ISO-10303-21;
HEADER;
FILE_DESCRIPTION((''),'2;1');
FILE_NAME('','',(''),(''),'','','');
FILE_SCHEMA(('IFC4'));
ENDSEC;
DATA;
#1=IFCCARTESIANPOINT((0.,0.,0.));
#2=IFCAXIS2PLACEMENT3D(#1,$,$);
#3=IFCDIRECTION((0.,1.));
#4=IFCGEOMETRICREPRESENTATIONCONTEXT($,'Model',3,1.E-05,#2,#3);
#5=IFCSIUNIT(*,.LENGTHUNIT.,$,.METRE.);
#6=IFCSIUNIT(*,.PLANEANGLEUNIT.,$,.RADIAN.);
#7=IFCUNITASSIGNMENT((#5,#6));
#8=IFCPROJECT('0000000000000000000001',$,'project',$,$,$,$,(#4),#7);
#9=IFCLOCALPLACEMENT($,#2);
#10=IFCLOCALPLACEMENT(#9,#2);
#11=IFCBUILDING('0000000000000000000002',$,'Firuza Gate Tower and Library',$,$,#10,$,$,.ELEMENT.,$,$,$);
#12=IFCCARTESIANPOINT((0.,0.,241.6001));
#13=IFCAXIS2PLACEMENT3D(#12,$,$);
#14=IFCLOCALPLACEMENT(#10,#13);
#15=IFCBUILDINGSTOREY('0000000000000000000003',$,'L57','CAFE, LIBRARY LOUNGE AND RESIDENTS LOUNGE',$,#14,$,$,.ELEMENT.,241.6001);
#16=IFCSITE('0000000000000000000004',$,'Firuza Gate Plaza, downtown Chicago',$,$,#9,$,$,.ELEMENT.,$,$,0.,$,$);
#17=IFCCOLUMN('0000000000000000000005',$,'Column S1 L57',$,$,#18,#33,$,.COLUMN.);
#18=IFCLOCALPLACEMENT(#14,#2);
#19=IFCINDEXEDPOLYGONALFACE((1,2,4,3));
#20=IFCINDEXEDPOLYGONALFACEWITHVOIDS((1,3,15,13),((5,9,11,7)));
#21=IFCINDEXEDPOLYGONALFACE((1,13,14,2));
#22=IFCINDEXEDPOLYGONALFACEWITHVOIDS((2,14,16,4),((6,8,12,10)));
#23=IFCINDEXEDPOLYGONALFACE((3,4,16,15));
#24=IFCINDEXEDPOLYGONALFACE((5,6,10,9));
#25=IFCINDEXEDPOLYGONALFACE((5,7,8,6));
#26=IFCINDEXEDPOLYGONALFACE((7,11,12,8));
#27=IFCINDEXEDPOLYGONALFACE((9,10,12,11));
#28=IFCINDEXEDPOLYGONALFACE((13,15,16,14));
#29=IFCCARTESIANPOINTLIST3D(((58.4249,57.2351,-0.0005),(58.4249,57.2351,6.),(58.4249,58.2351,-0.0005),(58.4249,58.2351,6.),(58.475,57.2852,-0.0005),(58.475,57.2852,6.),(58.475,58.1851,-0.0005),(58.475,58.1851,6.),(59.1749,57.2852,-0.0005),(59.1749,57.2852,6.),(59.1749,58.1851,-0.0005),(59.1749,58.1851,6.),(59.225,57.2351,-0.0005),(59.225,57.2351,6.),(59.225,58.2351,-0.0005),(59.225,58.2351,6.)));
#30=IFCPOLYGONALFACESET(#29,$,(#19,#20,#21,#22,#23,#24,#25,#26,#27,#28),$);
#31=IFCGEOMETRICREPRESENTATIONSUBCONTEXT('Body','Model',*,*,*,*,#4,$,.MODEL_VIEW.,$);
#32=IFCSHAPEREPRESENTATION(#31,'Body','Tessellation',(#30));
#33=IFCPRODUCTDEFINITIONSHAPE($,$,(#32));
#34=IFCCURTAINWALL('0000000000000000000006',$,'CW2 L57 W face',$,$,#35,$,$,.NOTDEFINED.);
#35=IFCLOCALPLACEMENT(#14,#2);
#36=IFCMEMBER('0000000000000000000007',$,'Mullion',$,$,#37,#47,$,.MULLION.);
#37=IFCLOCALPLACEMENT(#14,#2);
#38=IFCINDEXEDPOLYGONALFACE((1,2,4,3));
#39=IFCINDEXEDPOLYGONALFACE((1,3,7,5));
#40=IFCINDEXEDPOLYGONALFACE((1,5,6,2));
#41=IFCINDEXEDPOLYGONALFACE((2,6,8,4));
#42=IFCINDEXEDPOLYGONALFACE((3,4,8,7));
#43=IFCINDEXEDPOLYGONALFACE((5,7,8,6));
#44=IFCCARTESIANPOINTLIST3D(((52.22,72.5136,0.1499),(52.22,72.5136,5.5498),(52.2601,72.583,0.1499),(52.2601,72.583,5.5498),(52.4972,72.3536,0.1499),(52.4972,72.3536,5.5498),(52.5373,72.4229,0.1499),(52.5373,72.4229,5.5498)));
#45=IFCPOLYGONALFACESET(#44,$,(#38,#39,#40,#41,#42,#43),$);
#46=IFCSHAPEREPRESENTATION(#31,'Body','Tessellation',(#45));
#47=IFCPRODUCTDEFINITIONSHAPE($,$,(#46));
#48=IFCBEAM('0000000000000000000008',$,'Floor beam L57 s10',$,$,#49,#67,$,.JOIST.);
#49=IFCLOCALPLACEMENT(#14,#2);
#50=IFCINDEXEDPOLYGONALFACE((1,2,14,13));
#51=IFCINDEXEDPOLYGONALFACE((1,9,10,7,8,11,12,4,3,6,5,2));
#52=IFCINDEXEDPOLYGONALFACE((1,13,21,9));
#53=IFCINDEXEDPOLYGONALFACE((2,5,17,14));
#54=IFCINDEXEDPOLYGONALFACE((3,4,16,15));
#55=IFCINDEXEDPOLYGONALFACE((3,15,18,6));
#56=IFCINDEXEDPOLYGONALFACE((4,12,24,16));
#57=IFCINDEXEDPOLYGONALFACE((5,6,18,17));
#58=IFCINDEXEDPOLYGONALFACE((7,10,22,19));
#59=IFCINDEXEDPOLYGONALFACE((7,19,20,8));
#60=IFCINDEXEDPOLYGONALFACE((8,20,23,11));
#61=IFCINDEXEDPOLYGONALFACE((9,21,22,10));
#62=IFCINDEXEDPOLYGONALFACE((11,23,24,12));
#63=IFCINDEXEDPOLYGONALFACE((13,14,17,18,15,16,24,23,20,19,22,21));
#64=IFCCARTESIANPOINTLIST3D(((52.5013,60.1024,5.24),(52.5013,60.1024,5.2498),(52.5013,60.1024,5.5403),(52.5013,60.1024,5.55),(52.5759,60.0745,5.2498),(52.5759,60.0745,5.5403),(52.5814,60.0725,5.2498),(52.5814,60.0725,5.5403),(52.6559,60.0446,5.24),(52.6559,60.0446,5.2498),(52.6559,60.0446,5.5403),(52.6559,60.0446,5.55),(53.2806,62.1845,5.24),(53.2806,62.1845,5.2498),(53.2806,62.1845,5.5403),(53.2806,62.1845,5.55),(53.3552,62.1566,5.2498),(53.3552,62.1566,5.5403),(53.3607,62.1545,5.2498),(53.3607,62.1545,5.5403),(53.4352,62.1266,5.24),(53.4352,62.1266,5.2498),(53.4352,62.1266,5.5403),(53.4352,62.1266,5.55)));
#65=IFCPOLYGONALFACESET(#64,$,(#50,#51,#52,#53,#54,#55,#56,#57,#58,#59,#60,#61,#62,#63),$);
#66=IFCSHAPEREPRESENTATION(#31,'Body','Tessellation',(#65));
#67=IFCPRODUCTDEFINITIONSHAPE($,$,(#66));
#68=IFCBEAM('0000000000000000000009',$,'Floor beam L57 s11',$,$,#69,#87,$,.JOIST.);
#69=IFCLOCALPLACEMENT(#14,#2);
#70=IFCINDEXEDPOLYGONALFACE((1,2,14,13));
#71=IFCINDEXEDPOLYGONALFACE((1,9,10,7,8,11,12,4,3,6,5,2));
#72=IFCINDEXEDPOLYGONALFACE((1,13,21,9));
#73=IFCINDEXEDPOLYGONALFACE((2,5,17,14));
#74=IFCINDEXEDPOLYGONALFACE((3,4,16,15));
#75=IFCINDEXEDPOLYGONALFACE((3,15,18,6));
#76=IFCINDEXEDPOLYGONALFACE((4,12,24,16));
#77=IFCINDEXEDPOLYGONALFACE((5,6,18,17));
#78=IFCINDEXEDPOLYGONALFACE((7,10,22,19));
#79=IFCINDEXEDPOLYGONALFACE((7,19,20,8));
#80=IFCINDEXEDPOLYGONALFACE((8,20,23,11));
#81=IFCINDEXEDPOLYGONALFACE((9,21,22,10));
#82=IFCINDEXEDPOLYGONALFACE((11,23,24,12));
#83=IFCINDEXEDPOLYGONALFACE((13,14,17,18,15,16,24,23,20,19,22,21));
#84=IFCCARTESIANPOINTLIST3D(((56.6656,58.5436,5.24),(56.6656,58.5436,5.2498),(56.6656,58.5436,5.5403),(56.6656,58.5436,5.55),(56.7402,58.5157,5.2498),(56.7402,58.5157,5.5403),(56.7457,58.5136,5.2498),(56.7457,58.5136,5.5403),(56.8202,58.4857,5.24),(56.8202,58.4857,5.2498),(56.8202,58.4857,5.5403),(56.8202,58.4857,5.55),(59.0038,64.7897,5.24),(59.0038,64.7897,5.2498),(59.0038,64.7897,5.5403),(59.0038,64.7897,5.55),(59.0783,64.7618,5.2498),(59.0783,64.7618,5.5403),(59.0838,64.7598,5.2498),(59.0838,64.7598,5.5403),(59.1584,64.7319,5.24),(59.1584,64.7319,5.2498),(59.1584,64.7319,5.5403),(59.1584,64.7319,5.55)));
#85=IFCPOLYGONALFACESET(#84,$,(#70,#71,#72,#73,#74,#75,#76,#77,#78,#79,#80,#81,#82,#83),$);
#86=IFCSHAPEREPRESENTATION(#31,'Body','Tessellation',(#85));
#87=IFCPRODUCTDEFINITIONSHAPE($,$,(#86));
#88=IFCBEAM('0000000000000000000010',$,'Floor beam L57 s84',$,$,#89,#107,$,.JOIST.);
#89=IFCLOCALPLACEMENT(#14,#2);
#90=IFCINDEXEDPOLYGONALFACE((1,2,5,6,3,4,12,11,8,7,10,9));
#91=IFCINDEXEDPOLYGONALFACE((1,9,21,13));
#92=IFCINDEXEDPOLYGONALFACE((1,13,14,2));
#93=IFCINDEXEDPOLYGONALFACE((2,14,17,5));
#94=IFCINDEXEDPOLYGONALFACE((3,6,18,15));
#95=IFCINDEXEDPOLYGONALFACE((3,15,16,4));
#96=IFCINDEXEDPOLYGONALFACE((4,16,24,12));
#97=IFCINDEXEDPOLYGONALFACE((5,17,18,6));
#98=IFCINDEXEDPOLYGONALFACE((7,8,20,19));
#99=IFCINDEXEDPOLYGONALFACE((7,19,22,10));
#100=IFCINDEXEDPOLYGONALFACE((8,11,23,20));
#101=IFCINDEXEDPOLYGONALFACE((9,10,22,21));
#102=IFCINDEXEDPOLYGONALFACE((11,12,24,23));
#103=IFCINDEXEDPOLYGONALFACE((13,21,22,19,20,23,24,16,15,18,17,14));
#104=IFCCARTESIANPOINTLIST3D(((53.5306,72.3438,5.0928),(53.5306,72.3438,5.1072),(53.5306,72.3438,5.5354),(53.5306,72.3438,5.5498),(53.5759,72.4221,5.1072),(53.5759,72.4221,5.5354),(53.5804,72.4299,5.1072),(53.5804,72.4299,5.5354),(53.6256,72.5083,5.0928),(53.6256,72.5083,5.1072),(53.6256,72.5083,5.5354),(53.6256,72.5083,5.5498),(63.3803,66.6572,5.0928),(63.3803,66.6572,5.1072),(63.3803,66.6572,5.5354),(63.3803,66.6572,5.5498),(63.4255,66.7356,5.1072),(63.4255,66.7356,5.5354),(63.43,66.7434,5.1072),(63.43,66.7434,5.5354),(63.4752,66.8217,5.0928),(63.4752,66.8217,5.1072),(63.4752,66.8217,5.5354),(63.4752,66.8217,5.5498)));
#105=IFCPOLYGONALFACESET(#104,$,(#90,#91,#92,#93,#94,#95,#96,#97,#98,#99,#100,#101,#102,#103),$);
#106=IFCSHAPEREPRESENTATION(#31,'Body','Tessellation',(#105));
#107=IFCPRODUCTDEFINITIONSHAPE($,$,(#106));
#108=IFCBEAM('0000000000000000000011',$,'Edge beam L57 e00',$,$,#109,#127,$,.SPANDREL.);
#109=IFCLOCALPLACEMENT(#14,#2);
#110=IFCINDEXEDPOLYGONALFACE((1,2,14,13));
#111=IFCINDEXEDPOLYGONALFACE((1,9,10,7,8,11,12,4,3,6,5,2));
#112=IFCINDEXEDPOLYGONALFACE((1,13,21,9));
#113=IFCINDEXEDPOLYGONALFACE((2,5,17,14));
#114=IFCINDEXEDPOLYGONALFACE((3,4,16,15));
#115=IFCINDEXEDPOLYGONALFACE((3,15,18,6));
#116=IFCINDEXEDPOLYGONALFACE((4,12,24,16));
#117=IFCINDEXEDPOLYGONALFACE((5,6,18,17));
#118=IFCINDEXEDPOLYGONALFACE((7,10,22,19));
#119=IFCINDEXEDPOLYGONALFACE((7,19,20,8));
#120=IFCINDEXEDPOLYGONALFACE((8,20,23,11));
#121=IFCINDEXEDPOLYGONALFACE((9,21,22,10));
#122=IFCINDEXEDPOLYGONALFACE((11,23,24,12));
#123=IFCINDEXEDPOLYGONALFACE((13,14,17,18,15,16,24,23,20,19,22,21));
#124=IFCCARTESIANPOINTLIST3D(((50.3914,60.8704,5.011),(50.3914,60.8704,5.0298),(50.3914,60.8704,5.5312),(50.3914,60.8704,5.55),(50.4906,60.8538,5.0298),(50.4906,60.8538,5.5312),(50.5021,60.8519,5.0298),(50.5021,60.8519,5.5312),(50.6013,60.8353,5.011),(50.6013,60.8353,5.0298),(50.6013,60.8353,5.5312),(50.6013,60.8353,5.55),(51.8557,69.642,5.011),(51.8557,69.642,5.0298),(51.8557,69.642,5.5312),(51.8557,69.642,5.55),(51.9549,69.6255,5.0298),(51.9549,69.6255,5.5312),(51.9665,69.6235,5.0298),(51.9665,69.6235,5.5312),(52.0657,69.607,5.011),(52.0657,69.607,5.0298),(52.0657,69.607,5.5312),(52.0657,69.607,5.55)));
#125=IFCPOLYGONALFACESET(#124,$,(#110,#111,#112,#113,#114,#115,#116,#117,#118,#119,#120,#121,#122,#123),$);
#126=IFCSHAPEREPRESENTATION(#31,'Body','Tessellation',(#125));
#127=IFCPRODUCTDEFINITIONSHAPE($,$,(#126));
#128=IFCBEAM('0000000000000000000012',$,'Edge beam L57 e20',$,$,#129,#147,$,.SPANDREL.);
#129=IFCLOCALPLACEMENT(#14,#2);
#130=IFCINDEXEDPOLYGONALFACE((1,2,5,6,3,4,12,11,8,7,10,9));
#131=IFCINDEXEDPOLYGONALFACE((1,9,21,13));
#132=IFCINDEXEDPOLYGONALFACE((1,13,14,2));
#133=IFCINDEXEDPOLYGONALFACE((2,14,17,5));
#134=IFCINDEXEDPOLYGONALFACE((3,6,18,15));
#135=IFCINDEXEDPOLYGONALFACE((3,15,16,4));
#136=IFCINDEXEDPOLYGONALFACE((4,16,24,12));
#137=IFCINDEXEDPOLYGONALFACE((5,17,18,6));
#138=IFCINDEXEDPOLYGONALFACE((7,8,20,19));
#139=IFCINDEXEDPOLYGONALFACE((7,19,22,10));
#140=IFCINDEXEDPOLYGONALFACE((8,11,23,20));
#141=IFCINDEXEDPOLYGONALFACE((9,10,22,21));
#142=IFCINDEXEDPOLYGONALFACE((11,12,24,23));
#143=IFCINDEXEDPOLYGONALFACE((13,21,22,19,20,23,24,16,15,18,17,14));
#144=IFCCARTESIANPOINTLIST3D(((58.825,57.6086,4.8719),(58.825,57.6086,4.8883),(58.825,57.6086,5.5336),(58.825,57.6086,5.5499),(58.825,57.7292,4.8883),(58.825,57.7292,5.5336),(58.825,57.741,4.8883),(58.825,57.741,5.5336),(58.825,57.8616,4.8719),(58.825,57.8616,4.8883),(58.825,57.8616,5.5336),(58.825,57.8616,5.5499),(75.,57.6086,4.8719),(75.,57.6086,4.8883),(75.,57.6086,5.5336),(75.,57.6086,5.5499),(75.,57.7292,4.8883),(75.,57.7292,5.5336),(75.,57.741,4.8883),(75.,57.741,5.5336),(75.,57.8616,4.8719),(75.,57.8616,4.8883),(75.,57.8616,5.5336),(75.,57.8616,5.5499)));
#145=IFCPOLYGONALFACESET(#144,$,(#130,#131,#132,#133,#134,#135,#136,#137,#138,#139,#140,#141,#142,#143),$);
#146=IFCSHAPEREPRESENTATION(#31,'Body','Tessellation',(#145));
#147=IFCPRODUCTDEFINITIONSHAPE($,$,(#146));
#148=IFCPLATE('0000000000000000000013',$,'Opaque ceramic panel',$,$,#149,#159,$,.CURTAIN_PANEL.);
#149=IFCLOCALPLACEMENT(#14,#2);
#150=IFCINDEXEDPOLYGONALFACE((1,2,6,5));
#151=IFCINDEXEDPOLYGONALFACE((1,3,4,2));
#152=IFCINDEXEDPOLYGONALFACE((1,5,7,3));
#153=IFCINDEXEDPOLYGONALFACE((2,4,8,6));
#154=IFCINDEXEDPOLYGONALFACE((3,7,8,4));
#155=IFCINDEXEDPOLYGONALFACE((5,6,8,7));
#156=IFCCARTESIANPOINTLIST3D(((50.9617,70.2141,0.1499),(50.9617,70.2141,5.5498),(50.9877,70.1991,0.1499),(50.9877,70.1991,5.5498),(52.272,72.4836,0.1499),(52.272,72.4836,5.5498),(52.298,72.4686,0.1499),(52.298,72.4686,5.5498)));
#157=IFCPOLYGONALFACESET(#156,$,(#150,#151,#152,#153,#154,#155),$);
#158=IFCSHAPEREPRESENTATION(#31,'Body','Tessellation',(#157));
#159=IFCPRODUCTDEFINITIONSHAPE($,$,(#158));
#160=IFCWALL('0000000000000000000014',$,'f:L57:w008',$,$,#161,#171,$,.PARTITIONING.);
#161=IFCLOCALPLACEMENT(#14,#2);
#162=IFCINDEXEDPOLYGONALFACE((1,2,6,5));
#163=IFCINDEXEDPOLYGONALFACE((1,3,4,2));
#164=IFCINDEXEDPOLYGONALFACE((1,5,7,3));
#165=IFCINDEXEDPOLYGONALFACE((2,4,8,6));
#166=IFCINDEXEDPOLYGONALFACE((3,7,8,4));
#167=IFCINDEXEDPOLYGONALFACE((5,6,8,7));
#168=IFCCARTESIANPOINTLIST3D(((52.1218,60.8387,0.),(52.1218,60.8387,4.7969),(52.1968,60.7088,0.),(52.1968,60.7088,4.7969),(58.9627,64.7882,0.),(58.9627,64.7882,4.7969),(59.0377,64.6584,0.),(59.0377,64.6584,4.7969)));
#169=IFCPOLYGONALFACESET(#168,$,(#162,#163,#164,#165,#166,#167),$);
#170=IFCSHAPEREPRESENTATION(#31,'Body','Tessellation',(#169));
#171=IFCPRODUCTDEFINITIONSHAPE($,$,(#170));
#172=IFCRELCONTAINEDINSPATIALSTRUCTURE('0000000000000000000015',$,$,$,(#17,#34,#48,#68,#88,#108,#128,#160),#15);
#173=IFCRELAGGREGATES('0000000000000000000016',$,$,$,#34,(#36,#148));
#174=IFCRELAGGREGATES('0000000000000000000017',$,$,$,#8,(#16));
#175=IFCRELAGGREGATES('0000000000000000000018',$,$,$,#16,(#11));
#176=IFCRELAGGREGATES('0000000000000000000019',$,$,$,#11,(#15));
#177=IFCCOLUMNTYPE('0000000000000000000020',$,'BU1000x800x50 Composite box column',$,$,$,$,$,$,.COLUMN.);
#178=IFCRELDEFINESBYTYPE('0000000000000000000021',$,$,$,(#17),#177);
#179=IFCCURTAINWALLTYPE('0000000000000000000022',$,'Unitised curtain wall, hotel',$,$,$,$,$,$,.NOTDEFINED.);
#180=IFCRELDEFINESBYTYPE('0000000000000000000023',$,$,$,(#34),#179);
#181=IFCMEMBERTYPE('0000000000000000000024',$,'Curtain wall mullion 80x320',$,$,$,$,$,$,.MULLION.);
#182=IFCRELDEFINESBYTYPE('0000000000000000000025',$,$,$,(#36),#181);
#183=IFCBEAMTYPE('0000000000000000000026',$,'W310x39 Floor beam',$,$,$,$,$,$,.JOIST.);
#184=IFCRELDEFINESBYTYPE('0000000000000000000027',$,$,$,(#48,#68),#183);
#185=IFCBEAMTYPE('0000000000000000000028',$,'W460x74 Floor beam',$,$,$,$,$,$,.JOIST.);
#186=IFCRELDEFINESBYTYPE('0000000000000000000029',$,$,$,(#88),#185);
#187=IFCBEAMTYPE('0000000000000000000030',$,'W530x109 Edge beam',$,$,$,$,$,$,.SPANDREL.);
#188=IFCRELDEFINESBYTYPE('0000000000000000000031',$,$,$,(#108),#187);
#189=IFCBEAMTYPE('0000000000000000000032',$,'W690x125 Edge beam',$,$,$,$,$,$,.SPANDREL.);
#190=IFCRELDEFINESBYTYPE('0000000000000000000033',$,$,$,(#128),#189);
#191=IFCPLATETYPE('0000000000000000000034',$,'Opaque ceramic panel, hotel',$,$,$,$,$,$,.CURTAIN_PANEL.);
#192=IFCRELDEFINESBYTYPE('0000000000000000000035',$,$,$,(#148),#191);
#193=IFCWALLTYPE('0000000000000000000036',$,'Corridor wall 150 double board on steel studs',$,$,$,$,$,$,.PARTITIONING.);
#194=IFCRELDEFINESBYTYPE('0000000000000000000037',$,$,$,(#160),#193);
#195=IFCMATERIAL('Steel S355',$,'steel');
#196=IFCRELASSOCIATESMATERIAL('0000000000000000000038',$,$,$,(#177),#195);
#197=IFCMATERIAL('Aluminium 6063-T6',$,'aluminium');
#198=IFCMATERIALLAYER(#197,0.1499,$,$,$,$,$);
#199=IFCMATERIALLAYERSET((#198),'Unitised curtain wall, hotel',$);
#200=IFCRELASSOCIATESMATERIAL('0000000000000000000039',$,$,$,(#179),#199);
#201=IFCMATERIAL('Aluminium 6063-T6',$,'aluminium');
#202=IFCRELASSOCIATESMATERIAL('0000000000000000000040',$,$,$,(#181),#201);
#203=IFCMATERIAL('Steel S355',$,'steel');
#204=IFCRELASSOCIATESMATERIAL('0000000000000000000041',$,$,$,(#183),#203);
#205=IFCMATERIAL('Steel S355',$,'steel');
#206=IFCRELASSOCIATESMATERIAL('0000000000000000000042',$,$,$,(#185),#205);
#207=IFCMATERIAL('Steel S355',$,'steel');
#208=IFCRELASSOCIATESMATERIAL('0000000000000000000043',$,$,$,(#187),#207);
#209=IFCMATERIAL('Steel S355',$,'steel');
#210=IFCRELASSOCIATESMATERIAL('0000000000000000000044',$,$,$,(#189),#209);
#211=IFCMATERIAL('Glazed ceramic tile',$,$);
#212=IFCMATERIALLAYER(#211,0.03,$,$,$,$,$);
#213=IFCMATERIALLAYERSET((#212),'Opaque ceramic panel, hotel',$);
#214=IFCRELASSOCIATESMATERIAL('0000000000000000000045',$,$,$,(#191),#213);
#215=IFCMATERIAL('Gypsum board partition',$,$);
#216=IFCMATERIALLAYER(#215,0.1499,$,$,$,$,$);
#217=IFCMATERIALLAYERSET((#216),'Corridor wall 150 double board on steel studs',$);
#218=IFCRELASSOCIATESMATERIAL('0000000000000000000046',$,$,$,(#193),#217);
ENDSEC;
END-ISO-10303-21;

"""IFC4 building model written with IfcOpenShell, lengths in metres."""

from ifc_helpers import new_model, si_unit, direction, frame, frame_2d, origin, origin_2d, place, context, subcontext, project, spatial, polyline, rectangle, hollow_rectangle, i_section, outline, extrude, material, layer, layer_set, material_profile, profile_set, type_object, element, aggregate, save


model = new_model("IFC4")

# Units and contexts
model_context = context("Model", 3, precision=1e-05, world=origin(), true_north=direction((0.0, 1.0)))
body_context = subcontext(model_context, "Body", "Model", "MODEL_VIEW")
ifc_project = project(units=[si_unit("LENGTHUNIT", "METRE"), si_unit("PLANEANGLEUNIT", "RADIAN")], contexts=[model_context])

# Site, building, storey
site_placement = place(None, origin())
site = spatial("IfcSite", under=ifc_project, at=site_placement, Name="Firuza Gate Plaza, downtown Chicago", CompositionType="ELEMENT", RefElevation=0.0)
building_placement = place(site_placement, origin())
building = spatial("IfcBuilding", under=site, at=building_placement, Name="Firuza Gate Tower and Library", CompositionType="ELEMENT")
storey_placement = place(building_placement, frame((0.0, 0.0, 241.6001)))
storey = spatial("IfcBuildingStorey", under=building, at=storey_placement, Name="L57", Description="CAFE, LIBRARY LOUNGE AND RESIDENTS LOUNGE", CompositionType="ELEMENT", Elevation=241.6001)

# Column
ifc_material_1 = material(Name="Steel S355", Category="steel")
ifc_material_profile_1 = material_profile(ifc_material_1, hollow_rectangle(XDim=0.8, YDim=1.0, WallThickness=0.05, at=origin_2d()))
ifc_profile_set_1 = profile_set([ifc_material_profile_1], Name="Steel S355")
column_type = type_object("IfcColumnType", Name="BU1000x800x50 Composite box column", PredefinedType="COLUMN", material=ifc_profile_set_1)
column_placement = place(storey_placement, frame((58.825, 57.7351, -0.0005), z_axis=(0.0, 0.0, 1.0), x_axis=(1.0, 0.0, 0.0)))
element("IfcColumn", 1, at=column_placement, inside=storey, type_object=column_type, Name="Column S1 L57", PredefinedType="COLUMN", context=body_context, shape_type="SweptSolid", body=[
    extrude(hollow_rectangle(XDim=0.8, YDim=1.0, WallThickness=0.05, at=origin_2d()), origin(), (0.0, 0.0, 1.0), 6.0005),
])

# Curtain wall, member
ifc_material_2 = material(Name="Aluminium 6063-T6", Category="aluminium")
ifc_layer_1 = layer(ifc_material_2, 0.1499)
ifc_layer_set_1 = layer_set([ifc_layer_1], Name="Unitised curtain wall, hotel")
curtain_wall_type = type_object("IfcCurtainWallType", Name="Unitised curtain wall, hotel", PredefinedType="NOTDEFINED", material=ifc_layer_set_1)
curtain_wall_placement = place(storey_placement, origin())
curtain_wall = element("IfcCurtainWall", 2, at=curtain_wall_placement, inside=storey, type_object=curtain_wall_type, Name="CW2 L57 W face", PredefinedType="NOTDEFINED")
ifc_material_3 = material(Name="Aluminium 6063-T6", Category="aluminium")
ifc_material_profile_2 = material_profile(ifc_material_3, rectangle(XDim=0.3201, YDim=0.0801, at=origin_2d()))
ifc_profile_set_2 = profile_set([ifc_material_profile_2], Name="Aluminium 6063-T6")
member_type = type_object("IfcMemberType", Name="Curtain wall mullion 80x320", PredefinedType="MULLION", material=ifc_profile_set_2)
member_placement = place(storey_placement, frame((52.3787, 72.4683, 0.1499), z_axis=(0.0, 0.0, 1.0), x_axis=(0.866025, -0.5, 0.0)))
member = element("IfcMember", 3, at=member_placement, type_object=member_type, Name="Mullion", PredefinedType="MULLION", context=body_context, shape_type="SweptSolid", body=[
    extrude(rectangle(XDim=0.3201, YDim=0.0801, at=origin_2d()), origin(), (0.0, 0.0, 1.0), 5.3999),
])

# Beams
ifc_material_4 = material(Name="Steel S355", Category="steel")
ifc_material_profile_3 = material_profile(ifc_material_4, i_section(OverallWidth=0.165, OverallDepth=0.3101, WebThickness=0.0059, FlangeThickness=0.0098, at=origin_2d()))
ifc_profile_set_3 = profile_set([ifc_material_profile_3], Name="Steel S355")
beam_type_1 = type_object("IfcBeamType", Name="W310x39 Floor beam", PredefinedType="JOIST", material=ifc_profile_set_3)
beam_1_placement = place(storey_placement, frame((52.5786, 60.0735, 5.395), z_axis=(0.350546, 0.936546, 0.0), x_axis=(-0.936546, 0.350546, 0.0)))
element("IfcBeam", 4, at=beam_1_placement, inside=storey, type_object=beam_type_1, Name="Floor beam L57 s10", PredefinedType="JOIST", context=body_context, shape_type="SweptSolid", body=[
    extrude(i_section(OverallWidth=0.165, OverallDepth=0.3101, WebThickness=0.0059, FlangeThickness=0.0098, at=origin_2d()), origin(), (0.0, 0.0, 1.0), 2.2231),
])
beam_2_placement = place(storey_placement, frame((56.7429, 58.5146, 5.395), z_axis=(0.350578, 0.936534, 0.0), x_axis=(-0.936534, 0.350578, 0.0)))
element("IfcBeam", 5, at=beam_2_placement, inside=storey, type_object=beam_type_1, Name="Floor beam L57 s11", PredefinedType="JOIST", context=body_context, shape_type="SweptSolid", body=[
    extrude(i_section(OverallWidth=0.165, OverallDepth=0.3101, WebThickness=0.0059, FlangeThickness=0.0098, at=origin_2d()), origin(), (0.0, 0.0, 1.0), 6.6694),
])
ifc_material_5 = material(Name="Steel S355", Category="steel")
ifc_material_profile_4 = material_profile(ifc_material_5, i_section(OverallWidth=0.1899, OverallDepth=0.457, WebThickness=0.009, FlangeThickness=0.0144, at=origin_2d()))
ifc_profile_set_4 = profile_set([ifc_material_profile_4], Name="Steel S355")
beam_type_2 = type_object("IfcBeamType", Name="W460x74 Floor beam", PredefinedType="JOIST", material=ifc_profile_set_4)
beam_3_placement = place(storey_placement, frame((53.5781, 72.426, 5.3213), z_axis=(0.866031, -0.49999, 0.0), x_axis=(0.49999, 0.866031, 0.0)))
element("IfcBeam", 6, at=beam_3_placement, inside=storey, type_object=beam_type_2, Name="Floor beam L57 s84", PredefinedType="JOIST", context=body_context, shape_type="SweptSolid", body=[
    extrude(i_section(OverallWidth=0.1899, OverallDepth=0.457, WebThickness=0.009, FlangeThickness=0.0144, at=origin_2d()), origin(), (0.0, 0.0, 1.0), 11.3733),
])
ifc_material_6 = material(Name="Steel S355", Category="steel")
ifc_material_profile_5 = material_profile(ifc_material_6, i_section(OverallWidth=0.2129, OverallDepth=0.5391, WebThickness=0.0117, FlangeThickness=0.0188, at=origin_2d()))
ifc_profile_set_5 = profile_set([ifc_material_profile_5], Name="Steel S355")
beam_type_3 = type_object("IfcBeamType", Name="W530x109 Edge beam", PredefinedType="SPANDREL", material=ifc_profile_set_5)
beam_4_placement = place(storey_placement, frame((51.9607, 69.6245, 5.2805), z_axis=(-0.164662, -0.98635, 0.0), x_axis=(0.98635, -0.164662, 0.0)))
element("IfcBeam", 7, at=beam_4_placement, inside=storey, type_object=beam_type_3, Name="Edge beam L57 e00", PredefinedType="SPANDREL", context=body_context, shape_type="SweptSolid", body=[
    extrude(i_section(OverallWidth=0.2129, OverallDepth=0.5391, WebThickness=0.0117, FlangeThickness=0.0188, at=origin_2d()), origin(), (0.0, 0.0, 1.0), 8.8931),
])
ifc_material_7 = material(Name="Steel S355", Category="steel")
ifc_material_profile_6 = material_profile(ifc_material_7, i_section(OverallWidth=0.2529, OverallDepth=0.678, WebThickness=0.0117, FlangeThickness=0.0164, at=origin_2d()))
ifc_profile_set_6 = profile_set([ifc_material_profile_6], Name="Steel S355")
beam_type_4 = type_object("IfcBeamType", Name="W690x125 Edge beam", PredefinedType="SPANDREL", material=ifc_profile_set_6)
beam_5_placement = place(storey_placement, frame((58.825, 57.7351, 5.2109), z_axis=(1.0, 0.0, 0.0), x_axis=(0.0, 1.0, 0.0)))
element("IfcBeam", 8, at=beam_5_placement, inside=storey, type_object=beam_type_4, Name="Edge beam L57 e20", PredefinedType="SPANDREL", context=body_context, shape_type="SweptSolid", body=[
    extrude(i_section(OverallWidth=0.2529, OverallDepth=0.678, WebThickness=0.0117, FlangeThickness=0.0164, at=origin_2d()), origin(), (0.0, 0.0, 1.0), 16.175),
])

# Plate
ifc_material_8 = material(Name="Glazed ceramic tile")
ifc_layer_2 = layer(ifc_material_8, 0.03)
ifc_layer_set_2 = layer_set([ifc_layer_2], Name="Opaque ceramic panel, hotel")
plate_type = type_object("IfcPlateType", Name="Opaque ceramic panel, hotel", PredefinedType="CURTAIN_PANEL", material=ifc_layer_set_2)
plate_placement = place(storey_placement, frame((52.272, 72.4836, 0.1499), z_axis=(-0.866027, 0.499997, 0.0), x_axis=(-0.499997, -0.866027, 0.0)))
plate = element("IfcPlate", 9, at=plate_placement, type_object=plate_type, Name="Opaque ceramic panel", PredefinedType="CURTAIN_PANEL", context=body_context, shape_type="SweptSolid", body=[
    extrude(outline(polyline([(0.0, 0.0), (2.6206, 0.0), (2.6206, 5.3999), (0.0, 5.3999), (0.0, 0.0)])), origin(), (0.0, 0.0, -1.0), 0.03),
])
aggregate(curtain_wall, [member, plate])

# Wall
ifc_material_9 = material(Name="Gypsum board partition")
ifc_layer_3 = layer(ifc_material_9, 0.1499)
ifc_layer_set_3 = layer_set([ifc_layer_3], Name="Corridor wall 150 double board on steel studs")
wall_type = type_object("IfcWallType", Name="Corridor wall 150 double board on steel studs", PredefinedType="PARTITIONING", material=ifc_layer_set_3)
wall_1_placement = place(storey_placement, frame((52.1592, 60.7737, 0.0), z_axis=(0.0, 0.0, 1.0), x_axis=(0.86603, 0.499992, 0.0)))
element("IfcWall", 10, at=wall_1_placement, inside=storey, type_object=wall_type, Name="f:L57:w008", PredefinedType="PARTITIONING", context=body_context, shape_type="SweptSolid", body=[
    extrude(rectangle(XDim=7.8992, YDim=0.1499, at=frame_2d((3.9497, 0.0))), origin(), (0.0, 0.0, 1.0), 4.7969),
])

save(model, "model.ifc")
